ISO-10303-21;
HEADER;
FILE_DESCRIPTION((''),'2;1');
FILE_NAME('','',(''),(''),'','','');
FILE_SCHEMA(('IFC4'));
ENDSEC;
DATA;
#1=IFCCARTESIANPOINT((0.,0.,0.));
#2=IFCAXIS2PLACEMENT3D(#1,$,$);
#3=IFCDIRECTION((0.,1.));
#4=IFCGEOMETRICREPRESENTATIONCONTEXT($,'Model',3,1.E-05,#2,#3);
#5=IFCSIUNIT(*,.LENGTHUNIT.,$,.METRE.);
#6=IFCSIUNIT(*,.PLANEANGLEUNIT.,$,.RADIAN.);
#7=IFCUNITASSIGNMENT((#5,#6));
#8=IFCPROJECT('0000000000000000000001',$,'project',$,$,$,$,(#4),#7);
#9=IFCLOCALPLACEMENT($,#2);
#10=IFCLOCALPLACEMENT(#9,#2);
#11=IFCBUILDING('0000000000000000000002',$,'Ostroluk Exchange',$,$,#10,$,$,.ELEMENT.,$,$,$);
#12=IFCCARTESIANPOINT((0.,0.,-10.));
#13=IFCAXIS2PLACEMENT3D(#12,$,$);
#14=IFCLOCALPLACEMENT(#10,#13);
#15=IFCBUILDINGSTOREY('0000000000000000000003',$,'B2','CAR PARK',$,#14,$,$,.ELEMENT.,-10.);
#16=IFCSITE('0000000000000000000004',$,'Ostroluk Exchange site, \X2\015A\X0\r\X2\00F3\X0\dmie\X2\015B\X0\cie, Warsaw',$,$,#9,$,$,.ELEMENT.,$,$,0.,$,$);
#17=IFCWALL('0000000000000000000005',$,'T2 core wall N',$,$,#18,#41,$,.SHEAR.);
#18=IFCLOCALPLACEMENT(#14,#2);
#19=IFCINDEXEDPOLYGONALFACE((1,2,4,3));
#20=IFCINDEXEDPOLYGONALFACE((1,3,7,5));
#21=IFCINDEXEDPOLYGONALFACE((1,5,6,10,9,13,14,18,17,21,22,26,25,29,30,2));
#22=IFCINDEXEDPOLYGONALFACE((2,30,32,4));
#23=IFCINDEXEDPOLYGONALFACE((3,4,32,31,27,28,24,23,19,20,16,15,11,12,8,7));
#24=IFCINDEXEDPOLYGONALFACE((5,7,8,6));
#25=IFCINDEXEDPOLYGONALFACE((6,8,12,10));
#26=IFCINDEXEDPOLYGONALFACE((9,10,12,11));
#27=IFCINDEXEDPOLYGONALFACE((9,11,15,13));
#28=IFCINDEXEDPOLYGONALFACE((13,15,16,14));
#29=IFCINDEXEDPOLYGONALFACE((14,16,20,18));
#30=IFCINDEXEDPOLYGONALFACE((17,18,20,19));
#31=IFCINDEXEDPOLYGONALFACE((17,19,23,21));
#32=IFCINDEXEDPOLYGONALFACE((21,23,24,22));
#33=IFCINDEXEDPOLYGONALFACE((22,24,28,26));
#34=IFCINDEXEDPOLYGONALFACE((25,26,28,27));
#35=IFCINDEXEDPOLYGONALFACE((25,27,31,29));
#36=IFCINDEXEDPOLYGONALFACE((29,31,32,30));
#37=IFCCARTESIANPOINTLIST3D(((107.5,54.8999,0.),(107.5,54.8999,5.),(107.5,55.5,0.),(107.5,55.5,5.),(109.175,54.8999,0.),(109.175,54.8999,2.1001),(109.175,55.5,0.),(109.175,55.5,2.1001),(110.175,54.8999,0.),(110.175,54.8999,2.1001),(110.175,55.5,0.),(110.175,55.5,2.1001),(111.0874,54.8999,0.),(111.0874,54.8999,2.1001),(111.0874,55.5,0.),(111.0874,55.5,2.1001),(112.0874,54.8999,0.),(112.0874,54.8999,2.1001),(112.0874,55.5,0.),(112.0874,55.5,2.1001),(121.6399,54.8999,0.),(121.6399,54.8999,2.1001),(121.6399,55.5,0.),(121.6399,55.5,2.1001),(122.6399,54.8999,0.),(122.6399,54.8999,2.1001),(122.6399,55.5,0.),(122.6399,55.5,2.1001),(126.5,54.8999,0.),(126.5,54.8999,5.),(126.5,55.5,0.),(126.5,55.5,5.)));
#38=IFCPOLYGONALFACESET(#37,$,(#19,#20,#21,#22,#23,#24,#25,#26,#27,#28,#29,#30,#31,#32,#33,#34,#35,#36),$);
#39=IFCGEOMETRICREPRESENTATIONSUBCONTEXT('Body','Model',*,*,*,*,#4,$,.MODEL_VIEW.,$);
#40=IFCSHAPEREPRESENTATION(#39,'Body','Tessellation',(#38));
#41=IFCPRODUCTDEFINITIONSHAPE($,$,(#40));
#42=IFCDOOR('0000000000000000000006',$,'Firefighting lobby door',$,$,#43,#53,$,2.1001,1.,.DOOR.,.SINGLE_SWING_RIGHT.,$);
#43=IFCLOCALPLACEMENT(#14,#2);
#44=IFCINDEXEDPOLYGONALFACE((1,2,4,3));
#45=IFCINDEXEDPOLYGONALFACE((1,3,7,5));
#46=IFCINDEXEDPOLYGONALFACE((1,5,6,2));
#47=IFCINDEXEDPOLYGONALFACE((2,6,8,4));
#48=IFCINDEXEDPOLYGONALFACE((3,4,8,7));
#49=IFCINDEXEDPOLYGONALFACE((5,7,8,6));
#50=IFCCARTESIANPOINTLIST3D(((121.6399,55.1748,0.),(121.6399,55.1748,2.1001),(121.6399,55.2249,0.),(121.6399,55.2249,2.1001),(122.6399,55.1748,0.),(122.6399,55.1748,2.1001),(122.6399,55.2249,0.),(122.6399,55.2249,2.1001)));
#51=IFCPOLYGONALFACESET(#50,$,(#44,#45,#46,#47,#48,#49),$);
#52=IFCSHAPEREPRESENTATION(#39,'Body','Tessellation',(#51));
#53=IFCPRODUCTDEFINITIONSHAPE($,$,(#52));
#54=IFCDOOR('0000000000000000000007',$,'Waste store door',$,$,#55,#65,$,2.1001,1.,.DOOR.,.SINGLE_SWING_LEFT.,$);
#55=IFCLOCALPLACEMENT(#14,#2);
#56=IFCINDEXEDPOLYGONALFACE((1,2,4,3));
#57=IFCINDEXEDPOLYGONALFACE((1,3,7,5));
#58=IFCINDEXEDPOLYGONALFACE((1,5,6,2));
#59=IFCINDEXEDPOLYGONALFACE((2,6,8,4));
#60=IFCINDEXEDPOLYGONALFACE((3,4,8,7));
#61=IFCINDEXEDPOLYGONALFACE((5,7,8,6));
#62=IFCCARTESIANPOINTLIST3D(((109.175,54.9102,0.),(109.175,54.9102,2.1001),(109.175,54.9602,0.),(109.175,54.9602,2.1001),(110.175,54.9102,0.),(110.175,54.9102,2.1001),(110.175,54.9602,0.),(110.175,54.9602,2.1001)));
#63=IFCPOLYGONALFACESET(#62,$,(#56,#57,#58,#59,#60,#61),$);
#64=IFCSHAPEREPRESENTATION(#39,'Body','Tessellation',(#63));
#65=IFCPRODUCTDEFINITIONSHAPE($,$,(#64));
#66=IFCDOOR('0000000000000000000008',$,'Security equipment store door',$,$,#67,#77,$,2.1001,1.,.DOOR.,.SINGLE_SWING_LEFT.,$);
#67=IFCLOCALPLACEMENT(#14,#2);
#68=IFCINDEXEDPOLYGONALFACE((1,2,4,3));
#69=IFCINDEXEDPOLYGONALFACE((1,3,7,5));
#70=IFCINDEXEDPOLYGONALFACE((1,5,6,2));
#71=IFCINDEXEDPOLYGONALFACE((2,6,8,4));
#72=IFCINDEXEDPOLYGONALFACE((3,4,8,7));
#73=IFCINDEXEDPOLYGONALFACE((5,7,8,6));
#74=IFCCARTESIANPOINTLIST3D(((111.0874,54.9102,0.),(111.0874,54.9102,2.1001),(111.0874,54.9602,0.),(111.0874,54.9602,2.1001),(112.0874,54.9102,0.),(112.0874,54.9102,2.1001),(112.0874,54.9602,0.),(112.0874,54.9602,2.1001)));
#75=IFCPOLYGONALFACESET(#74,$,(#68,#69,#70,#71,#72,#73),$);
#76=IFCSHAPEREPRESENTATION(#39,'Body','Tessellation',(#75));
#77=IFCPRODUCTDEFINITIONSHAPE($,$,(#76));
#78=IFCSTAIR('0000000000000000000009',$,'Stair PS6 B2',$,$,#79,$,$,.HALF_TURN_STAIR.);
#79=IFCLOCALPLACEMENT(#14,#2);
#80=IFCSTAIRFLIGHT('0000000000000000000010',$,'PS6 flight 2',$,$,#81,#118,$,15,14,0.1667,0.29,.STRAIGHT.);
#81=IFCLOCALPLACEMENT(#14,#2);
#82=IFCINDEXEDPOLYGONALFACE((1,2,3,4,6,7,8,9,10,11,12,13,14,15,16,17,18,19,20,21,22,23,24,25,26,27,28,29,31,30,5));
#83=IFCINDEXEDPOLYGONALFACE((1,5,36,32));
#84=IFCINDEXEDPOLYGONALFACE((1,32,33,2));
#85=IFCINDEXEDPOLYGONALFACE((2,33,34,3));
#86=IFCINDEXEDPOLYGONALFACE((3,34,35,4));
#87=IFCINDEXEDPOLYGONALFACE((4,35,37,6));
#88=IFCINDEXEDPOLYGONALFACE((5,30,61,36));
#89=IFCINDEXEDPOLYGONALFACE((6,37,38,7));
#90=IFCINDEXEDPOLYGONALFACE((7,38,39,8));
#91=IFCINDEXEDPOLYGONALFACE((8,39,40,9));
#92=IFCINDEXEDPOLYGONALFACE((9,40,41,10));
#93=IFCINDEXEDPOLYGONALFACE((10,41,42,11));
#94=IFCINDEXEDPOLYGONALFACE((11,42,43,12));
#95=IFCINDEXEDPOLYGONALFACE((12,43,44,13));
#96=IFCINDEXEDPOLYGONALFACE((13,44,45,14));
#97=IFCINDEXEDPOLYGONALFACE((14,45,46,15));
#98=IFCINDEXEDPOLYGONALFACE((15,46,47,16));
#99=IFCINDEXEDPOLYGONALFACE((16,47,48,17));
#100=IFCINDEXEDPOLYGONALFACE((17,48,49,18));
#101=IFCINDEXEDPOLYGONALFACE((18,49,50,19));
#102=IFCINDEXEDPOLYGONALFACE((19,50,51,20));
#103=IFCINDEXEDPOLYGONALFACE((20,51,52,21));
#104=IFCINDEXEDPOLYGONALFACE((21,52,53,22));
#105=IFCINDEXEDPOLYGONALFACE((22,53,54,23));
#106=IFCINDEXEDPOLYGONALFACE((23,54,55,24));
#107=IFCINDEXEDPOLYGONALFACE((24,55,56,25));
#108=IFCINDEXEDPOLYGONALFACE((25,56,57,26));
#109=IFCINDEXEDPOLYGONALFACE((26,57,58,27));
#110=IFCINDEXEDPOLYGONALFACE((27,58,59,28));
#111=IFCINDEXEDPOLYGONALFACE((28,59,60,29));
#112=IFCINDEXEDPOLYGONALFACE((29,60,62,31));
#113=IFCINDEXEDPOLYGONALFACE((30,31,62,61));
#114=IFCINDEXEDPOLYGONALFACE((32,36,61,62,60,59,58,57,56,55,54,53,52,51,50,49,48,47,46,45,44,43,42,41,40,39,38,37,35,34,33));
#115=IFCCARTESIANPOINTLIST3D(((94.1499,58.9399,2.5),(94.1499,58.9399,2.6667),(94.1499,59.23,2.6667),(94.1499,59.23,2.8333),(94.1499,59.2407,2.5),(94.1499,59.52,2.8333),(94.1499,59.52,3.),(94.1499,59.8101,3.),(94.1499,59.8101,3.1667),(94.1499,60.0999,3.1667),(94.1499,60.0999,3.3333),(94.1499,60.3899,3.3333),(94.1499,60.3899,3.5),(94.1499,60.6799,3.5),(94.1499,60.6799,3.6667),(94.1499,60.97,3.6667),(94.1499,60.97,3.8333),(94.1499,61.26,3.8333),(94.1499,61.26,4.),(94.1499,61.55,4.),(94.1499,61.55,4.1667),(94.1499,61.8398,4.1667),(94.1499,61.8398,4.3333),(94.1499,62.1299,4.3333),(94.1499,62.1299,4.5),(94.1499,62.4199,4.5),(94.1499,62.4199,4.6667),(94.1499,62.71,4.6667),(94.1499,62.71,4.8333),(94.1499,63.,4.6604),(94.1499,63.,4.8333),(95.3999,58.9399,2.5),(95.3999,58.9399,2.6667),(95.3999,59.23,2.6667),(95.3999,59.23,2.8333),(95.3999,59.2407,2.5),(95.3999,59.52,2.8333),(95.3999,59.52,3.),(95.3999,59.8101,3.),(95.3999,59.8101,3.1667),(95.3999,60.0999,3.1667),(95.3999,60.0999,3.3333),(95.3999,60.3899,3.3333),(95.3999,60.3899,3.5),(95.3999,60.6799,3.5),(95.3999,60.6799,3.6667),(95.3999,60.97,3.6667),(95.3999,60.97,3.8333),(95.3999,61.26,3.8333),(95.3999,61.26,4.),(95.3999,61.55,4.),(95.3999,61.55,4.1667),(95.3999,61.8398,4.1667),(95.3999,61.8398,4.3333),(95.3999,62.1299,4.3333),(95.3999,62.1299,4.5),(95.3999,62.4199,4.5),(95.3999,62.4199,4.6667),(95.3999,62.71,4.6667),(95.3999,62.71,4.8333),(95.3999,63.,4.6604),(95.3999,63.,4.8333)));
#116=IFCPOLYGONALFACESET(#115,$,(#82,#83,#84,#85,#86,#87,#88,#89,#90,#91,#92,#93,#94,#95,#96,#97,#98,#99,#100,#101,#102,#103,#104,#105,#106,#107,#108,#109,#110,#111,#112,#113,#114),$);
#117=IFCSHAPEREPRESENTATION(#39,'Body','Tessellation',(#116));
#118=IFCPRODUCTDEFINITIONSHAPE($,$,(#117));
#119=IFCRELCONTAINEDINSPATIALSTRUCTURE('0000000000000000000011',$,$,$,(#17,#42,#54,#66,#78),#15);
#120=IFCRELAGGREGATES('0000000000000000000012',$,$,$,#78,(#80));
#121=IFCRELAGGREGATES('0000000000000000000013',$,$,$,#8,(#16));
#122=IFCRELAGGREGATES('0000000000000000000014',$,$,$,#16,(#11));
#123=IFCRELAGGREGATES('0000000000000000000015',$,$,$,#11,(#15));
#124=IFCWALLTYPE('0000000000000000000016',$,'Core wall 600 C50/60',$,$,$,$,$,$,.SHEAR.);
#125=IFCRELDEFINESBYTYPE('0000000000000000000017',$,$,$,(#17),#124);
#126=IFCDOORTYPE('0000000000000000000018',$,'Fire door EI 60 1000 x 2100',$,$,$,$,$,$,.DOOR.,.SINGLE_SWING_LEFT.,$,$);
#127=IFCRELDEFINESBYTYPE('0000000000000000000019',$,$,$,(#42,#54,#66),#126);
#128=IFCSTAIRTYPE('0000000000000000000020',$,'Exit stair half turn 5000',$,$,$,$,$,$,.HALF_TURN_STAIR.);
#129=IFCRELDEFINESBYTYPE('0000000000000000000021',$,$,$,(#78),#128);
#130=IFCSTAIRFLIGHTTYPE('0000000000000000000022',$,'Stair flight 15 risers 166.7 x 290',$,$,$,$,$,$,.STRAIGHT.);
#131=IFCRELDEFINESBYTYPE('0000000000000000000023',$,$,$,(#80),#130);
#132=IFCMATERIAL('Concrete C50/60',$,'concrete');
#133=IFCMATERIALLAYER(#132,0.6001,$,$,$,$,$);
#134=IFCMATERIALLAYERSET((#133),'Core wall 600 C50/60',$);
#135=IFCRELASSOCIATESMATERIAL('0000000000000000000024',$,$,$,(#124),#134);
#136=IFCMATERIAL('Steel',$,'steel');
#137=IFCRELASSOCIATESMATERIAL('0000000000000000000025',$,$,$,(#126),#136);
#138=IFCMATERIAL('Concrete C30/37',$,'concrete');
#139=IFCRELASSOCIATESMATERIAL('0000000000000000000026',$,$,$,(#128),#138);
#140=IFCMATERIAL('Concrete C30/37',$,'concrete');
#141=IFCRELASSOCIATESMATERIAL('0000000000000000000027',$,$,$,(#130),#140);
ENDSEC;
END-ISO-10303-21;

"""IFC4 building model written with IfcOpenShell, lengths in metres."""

from ifc_helpers import new_model, si_unit, direction, frame, frame_2d, origin, place, context, subcontext, project, spatial, polyline, rectangle, outline, extrude, material, layer, layer_set, type_object, element, fill, aggregate, save


model = new_model("IFC4")

# Units and contexts
model_context = context("Model", 3, precision=1e-05, world=origin(), true_north=direction((0.0, 1.0)))
body_context = subcontext(model_context, "Body", "Model", "MODEL_VIEW")
ifc_project = project(units=[si_unit("LENGTHUNIT", "METRE"), si_unit("PLANEANGLEUNIT", "RADIAN")], contexts=[model_context])

# Site, building, storey
site_placement = place(None, origin())
site = spatial("IfcSite", under=ifc_project, at=site_placement, Name="Ostroluk Exchange site, Śródmieście, Warsaw", CompositionType="ELEMENT", RefElevation=0.0)
building_placement = place(site_placement, origin())
building = spatial("IfcBuilding", under=site, at=building_placement, Name="Ostroluk Exchange", CompositionType="ELEMENT")
storey_placement = place(building_placement, frame((0.0, 0.0, -10.0)))
storey = spatial("IfcBuildingStorey", under=building, at=storey_placement, Name="B2", Description="CAR PARK", CompositionType="ELEMENT", Elevation=-10.0)

# Wall, openings, doors
ifc_material_1 = material(Name="Concrete C50/60", Category="concrete")
ifc_layer_1 = layer(ifc_material_1, 0.6001)
ifc_layer_set_1 = layer_set([ifc_layer_1], Name="Core wall 600 C50/60")
wall_type_1 = type_object("IfcWallType", Name="Core wall 600 C50/60", PredefinedType="SHEAR", material=ifc_layer_set_1)
wall_1_placement = place(storey_placement, frame((107.5, 55.2, 0.0), z_axis=(0.0, 0.0, 1.0), x_axis=(1.0, 0.0, 0.0)))
wall_1 = element("IfcWall", 1, at=wall_1_placement, inside=storey, type_object=wall_type_1, Name="T2 core wall N", PredefinedType="SHEAR", context=body_context, shape_type="SweptSolid", body=[
    extrude(rectangle(XDim=19.0, YDim=0.6001, at=frame_2d((9.5, 0.0))), origin(), (0.0, 0.0, 1.0), 5.0),
])
opening_1_placement = place(wall_1_placement, frame((14.1399, 0.0, 0.0)))
opening_1 = element("IfcOpeningElement", 2, at=opening_1_placement, cuts=wall_1, PredefinedType="OPENING", context=body_context, shape_type="SweptSolid", body=[
    extrude(rectangle(XDim=1.0, YDim=2.1001, at=frame_2d((0.5, 1.05))), frame((0.0, 0.3101, 0.0), z_axis=(0.0, -1.0, 0.0), x_axis=(1.0, 0.0, 0.0)), (0.0, 0.0, 1.0), 0.6201),
])
opening_2_placement = place(wall_1_placement, frame((1.675, 0.0, 0.0)))
opening_2 = element("IfcOpeningElement", 3, at=opening_2_placement, cuts=wall_1, PredefinedType="OPENING", context=body_context, shape_type="SweptSolid", body=[
    extrude(rectangle(XDim=1.0, YDim=2.1001, at=frame_2d((0.5, 1.05))), frame((0.0, 0.3101, 0.0), z_axis=(0.0, -1.0, 0.0), x_axis=(1.0, 0.0, 0.0)), (0.0, 0.0, 1.0), 0.6201),
])
opening_3_placement = place(wall_1_placement, frame((3.5874, 0.0, 0.0)))
opening_3 = element("IfcOpeningElement", 4, at=opening_3_placement, cuts=wall_1, PredefinedType="OPENING", context=body_context, shape_type="SweptSolid", body=[
    extrude(rectangle(XDim=1.0, YDim=2.1001, at=frame_2d((0.5, 1.05))), frame((0.0, 0.3101, 0.0), z_axis=(0.0, -1.0, 0.0), x_axis=(1.0, 0.0, 0.0)), (0.0, 0.0, 1.0), 0.6201),
])
ifc_material_2 = material(Name="Steel", Category="steel")
door_type = type_object("IfcDoorType", Name="Fire door EI 60 1000 x 2100", OperationType="SINGLE_SWING_LEFT", PredefinedType="DOOR", material=ifc_material_2)
door_1_placement = place(opening_1_placement, origin())
door_1 = element("IfcDoor", 5, at=door_1_placement, inside=storey, type_object=door_type, Name="Firefighting lobby door", OperationType="SINGLE_SWING_RIGHT", OverallHeight=2.1001, OverallWidth=1.0, PredefinedType="DOOR", context=body_context, shape_type="SweptSolid", body=[
    extrude(rectangle(XDim=1.0, YDim=2.1001, at=frame_2d((0.5, 1.05))), frame((0.0, 0.0249, 0.0), z_axis=(0.0, -1.0, 0.0), x_axis=(1.0, 0.0, 0.0)), (0.0, 0.0, 1.0), 0.05),
])
fill(opening_1, door_1)
door_2_placement = place(opening_2_placement, origin())
door_2 = element("IfcDoor", 6, at=door_2_placement, inside=storey, type_object=door_type, Name="Waste store door", OperationType="SINGLE_SWING_LEFT", OverallHeight=2.1001, OverallWidth=1.0, PredefinedType="DOOR", context=body_context, shape_type="SweptSolid", body=[
    extrude(rectangle(XDim=1.0, YDim=2.1001, at=frame_2d((0.5, 1.05))), frame((0.0, -0.2397, 0.0), z_axis=(0.0, -1.0, 0.0), x_axis=(1.0, 0.0, 0.0)), (0.0, 0.0, 1.0), 0.05),
])
fill(opening_2, door_2)
door_3_placement = place(opening_3_placement, origin())
door_3 = element("IfcDoor", 7, at=door_3_placement, inside=storey, type_object=door_type, Name="Security equipment store door", OperationType="SINGLE_SWING_LEFT", OverallHeight=2.1001, OverallWidth=1.0, PredefinedType="DOOR", context=body_context, shape_type="SweptSolid", body=[
    extrude(rectangle(XDim=1.0, YDim=2.1001, at=frame_2d((0.5, 1.05))), frame((0.0, -0.2397, 0.0), z_axis=(0.0, -1.0, 0.0), x_axis=(1.0, 0.0, 0.0)), (0.0, 0.0, 1.0), 0.05),
])
fill(opening_3, door_3)

# Stair, stair flight
ifc_material_3 = material(Name="Concrete C30/37", Category="concrete")
stair_type = type_object("IfcStairType", Name="Exit stair half turn 5000", PredefinedType="HALF_TURN_STAIR", material=ifc_material_3)
stair_placement = place(storey_placement, origin())
stair = element("IfcStair", 8, at=stair_placement, inside=storey, type_object=stair_type, Name="Stair PS6 B2", PredefinedType="HALF_TURN_STAIR")
ifc_material_4 = material(Name="Concrete C30/37", Category="concrete")
stair_flight_type = type_object("IfcStairFlightType", Name="Stair flight 15 risers 166.7 x 290", PredefinedType="STRAIGHT", material=ifc_material_4)
stair_flight_placement = place(storey_placement, frame((94.7749, 58.9399, 2.5), z_axis=(0.0, 0.0, 1.0), x_axis=(0.0, 1.0, 0.0)))
stair_flight = element("IfcStairFlight", 9, at=stair_flight_placement, type_object=stair_flight_type, Name="PS6 flight 2", NumberOfRisers=15, NumberOfTreads=14, PredefinedType="STRAIGHT", RiserHeight=0.1667, TreadLength=0.29, context=body_context, shape_type="SweptSolid", body=[
    extrude(outline(polyline([(0.0, 0.0), (0.0, 0.1667), (0.29, 0.1667), (0.29, 0.3333), (0.5801, 0.3333), (0.5801, 0.5), (0.8701, 0.5), (0.8701, 0.6667), (1.1599, 0.6667), (1.1599, 0.8333), (1.45, 0.8333), (1.45, 1.0), (1.74, 1.0), (1.74, 1.1667), (2.03, 1.1667), (2.03, 1.3333), (2.3201, 1.3333), (2.3201, 1.5), (2.6101, 1.5), (2.6101, 1.6667), (2.8999, 1.6667), (2.8999, 1.8333), (3.1899, 1.8333), (3.1899, 2.0), (3.48, 2.0), (3.48, 2.1667), (3.77, 2.1667), (3.77, 2.3333), (4.0601, 2.3333), (4.0601, 2.5), (4.0601, 2.1604), (0.3008, 0.0), (0.0, 0.0)])), frame((0.0, 0.625, 0.0), z_axis=(0.0, -1.0, 0.0), x_axis=(1.0, 0.0, 0.0)), (0.0, 0.0, 1.0), 1.25),
])
aggregate(stair, [stair_flight])

save(model, "model.ifc")
